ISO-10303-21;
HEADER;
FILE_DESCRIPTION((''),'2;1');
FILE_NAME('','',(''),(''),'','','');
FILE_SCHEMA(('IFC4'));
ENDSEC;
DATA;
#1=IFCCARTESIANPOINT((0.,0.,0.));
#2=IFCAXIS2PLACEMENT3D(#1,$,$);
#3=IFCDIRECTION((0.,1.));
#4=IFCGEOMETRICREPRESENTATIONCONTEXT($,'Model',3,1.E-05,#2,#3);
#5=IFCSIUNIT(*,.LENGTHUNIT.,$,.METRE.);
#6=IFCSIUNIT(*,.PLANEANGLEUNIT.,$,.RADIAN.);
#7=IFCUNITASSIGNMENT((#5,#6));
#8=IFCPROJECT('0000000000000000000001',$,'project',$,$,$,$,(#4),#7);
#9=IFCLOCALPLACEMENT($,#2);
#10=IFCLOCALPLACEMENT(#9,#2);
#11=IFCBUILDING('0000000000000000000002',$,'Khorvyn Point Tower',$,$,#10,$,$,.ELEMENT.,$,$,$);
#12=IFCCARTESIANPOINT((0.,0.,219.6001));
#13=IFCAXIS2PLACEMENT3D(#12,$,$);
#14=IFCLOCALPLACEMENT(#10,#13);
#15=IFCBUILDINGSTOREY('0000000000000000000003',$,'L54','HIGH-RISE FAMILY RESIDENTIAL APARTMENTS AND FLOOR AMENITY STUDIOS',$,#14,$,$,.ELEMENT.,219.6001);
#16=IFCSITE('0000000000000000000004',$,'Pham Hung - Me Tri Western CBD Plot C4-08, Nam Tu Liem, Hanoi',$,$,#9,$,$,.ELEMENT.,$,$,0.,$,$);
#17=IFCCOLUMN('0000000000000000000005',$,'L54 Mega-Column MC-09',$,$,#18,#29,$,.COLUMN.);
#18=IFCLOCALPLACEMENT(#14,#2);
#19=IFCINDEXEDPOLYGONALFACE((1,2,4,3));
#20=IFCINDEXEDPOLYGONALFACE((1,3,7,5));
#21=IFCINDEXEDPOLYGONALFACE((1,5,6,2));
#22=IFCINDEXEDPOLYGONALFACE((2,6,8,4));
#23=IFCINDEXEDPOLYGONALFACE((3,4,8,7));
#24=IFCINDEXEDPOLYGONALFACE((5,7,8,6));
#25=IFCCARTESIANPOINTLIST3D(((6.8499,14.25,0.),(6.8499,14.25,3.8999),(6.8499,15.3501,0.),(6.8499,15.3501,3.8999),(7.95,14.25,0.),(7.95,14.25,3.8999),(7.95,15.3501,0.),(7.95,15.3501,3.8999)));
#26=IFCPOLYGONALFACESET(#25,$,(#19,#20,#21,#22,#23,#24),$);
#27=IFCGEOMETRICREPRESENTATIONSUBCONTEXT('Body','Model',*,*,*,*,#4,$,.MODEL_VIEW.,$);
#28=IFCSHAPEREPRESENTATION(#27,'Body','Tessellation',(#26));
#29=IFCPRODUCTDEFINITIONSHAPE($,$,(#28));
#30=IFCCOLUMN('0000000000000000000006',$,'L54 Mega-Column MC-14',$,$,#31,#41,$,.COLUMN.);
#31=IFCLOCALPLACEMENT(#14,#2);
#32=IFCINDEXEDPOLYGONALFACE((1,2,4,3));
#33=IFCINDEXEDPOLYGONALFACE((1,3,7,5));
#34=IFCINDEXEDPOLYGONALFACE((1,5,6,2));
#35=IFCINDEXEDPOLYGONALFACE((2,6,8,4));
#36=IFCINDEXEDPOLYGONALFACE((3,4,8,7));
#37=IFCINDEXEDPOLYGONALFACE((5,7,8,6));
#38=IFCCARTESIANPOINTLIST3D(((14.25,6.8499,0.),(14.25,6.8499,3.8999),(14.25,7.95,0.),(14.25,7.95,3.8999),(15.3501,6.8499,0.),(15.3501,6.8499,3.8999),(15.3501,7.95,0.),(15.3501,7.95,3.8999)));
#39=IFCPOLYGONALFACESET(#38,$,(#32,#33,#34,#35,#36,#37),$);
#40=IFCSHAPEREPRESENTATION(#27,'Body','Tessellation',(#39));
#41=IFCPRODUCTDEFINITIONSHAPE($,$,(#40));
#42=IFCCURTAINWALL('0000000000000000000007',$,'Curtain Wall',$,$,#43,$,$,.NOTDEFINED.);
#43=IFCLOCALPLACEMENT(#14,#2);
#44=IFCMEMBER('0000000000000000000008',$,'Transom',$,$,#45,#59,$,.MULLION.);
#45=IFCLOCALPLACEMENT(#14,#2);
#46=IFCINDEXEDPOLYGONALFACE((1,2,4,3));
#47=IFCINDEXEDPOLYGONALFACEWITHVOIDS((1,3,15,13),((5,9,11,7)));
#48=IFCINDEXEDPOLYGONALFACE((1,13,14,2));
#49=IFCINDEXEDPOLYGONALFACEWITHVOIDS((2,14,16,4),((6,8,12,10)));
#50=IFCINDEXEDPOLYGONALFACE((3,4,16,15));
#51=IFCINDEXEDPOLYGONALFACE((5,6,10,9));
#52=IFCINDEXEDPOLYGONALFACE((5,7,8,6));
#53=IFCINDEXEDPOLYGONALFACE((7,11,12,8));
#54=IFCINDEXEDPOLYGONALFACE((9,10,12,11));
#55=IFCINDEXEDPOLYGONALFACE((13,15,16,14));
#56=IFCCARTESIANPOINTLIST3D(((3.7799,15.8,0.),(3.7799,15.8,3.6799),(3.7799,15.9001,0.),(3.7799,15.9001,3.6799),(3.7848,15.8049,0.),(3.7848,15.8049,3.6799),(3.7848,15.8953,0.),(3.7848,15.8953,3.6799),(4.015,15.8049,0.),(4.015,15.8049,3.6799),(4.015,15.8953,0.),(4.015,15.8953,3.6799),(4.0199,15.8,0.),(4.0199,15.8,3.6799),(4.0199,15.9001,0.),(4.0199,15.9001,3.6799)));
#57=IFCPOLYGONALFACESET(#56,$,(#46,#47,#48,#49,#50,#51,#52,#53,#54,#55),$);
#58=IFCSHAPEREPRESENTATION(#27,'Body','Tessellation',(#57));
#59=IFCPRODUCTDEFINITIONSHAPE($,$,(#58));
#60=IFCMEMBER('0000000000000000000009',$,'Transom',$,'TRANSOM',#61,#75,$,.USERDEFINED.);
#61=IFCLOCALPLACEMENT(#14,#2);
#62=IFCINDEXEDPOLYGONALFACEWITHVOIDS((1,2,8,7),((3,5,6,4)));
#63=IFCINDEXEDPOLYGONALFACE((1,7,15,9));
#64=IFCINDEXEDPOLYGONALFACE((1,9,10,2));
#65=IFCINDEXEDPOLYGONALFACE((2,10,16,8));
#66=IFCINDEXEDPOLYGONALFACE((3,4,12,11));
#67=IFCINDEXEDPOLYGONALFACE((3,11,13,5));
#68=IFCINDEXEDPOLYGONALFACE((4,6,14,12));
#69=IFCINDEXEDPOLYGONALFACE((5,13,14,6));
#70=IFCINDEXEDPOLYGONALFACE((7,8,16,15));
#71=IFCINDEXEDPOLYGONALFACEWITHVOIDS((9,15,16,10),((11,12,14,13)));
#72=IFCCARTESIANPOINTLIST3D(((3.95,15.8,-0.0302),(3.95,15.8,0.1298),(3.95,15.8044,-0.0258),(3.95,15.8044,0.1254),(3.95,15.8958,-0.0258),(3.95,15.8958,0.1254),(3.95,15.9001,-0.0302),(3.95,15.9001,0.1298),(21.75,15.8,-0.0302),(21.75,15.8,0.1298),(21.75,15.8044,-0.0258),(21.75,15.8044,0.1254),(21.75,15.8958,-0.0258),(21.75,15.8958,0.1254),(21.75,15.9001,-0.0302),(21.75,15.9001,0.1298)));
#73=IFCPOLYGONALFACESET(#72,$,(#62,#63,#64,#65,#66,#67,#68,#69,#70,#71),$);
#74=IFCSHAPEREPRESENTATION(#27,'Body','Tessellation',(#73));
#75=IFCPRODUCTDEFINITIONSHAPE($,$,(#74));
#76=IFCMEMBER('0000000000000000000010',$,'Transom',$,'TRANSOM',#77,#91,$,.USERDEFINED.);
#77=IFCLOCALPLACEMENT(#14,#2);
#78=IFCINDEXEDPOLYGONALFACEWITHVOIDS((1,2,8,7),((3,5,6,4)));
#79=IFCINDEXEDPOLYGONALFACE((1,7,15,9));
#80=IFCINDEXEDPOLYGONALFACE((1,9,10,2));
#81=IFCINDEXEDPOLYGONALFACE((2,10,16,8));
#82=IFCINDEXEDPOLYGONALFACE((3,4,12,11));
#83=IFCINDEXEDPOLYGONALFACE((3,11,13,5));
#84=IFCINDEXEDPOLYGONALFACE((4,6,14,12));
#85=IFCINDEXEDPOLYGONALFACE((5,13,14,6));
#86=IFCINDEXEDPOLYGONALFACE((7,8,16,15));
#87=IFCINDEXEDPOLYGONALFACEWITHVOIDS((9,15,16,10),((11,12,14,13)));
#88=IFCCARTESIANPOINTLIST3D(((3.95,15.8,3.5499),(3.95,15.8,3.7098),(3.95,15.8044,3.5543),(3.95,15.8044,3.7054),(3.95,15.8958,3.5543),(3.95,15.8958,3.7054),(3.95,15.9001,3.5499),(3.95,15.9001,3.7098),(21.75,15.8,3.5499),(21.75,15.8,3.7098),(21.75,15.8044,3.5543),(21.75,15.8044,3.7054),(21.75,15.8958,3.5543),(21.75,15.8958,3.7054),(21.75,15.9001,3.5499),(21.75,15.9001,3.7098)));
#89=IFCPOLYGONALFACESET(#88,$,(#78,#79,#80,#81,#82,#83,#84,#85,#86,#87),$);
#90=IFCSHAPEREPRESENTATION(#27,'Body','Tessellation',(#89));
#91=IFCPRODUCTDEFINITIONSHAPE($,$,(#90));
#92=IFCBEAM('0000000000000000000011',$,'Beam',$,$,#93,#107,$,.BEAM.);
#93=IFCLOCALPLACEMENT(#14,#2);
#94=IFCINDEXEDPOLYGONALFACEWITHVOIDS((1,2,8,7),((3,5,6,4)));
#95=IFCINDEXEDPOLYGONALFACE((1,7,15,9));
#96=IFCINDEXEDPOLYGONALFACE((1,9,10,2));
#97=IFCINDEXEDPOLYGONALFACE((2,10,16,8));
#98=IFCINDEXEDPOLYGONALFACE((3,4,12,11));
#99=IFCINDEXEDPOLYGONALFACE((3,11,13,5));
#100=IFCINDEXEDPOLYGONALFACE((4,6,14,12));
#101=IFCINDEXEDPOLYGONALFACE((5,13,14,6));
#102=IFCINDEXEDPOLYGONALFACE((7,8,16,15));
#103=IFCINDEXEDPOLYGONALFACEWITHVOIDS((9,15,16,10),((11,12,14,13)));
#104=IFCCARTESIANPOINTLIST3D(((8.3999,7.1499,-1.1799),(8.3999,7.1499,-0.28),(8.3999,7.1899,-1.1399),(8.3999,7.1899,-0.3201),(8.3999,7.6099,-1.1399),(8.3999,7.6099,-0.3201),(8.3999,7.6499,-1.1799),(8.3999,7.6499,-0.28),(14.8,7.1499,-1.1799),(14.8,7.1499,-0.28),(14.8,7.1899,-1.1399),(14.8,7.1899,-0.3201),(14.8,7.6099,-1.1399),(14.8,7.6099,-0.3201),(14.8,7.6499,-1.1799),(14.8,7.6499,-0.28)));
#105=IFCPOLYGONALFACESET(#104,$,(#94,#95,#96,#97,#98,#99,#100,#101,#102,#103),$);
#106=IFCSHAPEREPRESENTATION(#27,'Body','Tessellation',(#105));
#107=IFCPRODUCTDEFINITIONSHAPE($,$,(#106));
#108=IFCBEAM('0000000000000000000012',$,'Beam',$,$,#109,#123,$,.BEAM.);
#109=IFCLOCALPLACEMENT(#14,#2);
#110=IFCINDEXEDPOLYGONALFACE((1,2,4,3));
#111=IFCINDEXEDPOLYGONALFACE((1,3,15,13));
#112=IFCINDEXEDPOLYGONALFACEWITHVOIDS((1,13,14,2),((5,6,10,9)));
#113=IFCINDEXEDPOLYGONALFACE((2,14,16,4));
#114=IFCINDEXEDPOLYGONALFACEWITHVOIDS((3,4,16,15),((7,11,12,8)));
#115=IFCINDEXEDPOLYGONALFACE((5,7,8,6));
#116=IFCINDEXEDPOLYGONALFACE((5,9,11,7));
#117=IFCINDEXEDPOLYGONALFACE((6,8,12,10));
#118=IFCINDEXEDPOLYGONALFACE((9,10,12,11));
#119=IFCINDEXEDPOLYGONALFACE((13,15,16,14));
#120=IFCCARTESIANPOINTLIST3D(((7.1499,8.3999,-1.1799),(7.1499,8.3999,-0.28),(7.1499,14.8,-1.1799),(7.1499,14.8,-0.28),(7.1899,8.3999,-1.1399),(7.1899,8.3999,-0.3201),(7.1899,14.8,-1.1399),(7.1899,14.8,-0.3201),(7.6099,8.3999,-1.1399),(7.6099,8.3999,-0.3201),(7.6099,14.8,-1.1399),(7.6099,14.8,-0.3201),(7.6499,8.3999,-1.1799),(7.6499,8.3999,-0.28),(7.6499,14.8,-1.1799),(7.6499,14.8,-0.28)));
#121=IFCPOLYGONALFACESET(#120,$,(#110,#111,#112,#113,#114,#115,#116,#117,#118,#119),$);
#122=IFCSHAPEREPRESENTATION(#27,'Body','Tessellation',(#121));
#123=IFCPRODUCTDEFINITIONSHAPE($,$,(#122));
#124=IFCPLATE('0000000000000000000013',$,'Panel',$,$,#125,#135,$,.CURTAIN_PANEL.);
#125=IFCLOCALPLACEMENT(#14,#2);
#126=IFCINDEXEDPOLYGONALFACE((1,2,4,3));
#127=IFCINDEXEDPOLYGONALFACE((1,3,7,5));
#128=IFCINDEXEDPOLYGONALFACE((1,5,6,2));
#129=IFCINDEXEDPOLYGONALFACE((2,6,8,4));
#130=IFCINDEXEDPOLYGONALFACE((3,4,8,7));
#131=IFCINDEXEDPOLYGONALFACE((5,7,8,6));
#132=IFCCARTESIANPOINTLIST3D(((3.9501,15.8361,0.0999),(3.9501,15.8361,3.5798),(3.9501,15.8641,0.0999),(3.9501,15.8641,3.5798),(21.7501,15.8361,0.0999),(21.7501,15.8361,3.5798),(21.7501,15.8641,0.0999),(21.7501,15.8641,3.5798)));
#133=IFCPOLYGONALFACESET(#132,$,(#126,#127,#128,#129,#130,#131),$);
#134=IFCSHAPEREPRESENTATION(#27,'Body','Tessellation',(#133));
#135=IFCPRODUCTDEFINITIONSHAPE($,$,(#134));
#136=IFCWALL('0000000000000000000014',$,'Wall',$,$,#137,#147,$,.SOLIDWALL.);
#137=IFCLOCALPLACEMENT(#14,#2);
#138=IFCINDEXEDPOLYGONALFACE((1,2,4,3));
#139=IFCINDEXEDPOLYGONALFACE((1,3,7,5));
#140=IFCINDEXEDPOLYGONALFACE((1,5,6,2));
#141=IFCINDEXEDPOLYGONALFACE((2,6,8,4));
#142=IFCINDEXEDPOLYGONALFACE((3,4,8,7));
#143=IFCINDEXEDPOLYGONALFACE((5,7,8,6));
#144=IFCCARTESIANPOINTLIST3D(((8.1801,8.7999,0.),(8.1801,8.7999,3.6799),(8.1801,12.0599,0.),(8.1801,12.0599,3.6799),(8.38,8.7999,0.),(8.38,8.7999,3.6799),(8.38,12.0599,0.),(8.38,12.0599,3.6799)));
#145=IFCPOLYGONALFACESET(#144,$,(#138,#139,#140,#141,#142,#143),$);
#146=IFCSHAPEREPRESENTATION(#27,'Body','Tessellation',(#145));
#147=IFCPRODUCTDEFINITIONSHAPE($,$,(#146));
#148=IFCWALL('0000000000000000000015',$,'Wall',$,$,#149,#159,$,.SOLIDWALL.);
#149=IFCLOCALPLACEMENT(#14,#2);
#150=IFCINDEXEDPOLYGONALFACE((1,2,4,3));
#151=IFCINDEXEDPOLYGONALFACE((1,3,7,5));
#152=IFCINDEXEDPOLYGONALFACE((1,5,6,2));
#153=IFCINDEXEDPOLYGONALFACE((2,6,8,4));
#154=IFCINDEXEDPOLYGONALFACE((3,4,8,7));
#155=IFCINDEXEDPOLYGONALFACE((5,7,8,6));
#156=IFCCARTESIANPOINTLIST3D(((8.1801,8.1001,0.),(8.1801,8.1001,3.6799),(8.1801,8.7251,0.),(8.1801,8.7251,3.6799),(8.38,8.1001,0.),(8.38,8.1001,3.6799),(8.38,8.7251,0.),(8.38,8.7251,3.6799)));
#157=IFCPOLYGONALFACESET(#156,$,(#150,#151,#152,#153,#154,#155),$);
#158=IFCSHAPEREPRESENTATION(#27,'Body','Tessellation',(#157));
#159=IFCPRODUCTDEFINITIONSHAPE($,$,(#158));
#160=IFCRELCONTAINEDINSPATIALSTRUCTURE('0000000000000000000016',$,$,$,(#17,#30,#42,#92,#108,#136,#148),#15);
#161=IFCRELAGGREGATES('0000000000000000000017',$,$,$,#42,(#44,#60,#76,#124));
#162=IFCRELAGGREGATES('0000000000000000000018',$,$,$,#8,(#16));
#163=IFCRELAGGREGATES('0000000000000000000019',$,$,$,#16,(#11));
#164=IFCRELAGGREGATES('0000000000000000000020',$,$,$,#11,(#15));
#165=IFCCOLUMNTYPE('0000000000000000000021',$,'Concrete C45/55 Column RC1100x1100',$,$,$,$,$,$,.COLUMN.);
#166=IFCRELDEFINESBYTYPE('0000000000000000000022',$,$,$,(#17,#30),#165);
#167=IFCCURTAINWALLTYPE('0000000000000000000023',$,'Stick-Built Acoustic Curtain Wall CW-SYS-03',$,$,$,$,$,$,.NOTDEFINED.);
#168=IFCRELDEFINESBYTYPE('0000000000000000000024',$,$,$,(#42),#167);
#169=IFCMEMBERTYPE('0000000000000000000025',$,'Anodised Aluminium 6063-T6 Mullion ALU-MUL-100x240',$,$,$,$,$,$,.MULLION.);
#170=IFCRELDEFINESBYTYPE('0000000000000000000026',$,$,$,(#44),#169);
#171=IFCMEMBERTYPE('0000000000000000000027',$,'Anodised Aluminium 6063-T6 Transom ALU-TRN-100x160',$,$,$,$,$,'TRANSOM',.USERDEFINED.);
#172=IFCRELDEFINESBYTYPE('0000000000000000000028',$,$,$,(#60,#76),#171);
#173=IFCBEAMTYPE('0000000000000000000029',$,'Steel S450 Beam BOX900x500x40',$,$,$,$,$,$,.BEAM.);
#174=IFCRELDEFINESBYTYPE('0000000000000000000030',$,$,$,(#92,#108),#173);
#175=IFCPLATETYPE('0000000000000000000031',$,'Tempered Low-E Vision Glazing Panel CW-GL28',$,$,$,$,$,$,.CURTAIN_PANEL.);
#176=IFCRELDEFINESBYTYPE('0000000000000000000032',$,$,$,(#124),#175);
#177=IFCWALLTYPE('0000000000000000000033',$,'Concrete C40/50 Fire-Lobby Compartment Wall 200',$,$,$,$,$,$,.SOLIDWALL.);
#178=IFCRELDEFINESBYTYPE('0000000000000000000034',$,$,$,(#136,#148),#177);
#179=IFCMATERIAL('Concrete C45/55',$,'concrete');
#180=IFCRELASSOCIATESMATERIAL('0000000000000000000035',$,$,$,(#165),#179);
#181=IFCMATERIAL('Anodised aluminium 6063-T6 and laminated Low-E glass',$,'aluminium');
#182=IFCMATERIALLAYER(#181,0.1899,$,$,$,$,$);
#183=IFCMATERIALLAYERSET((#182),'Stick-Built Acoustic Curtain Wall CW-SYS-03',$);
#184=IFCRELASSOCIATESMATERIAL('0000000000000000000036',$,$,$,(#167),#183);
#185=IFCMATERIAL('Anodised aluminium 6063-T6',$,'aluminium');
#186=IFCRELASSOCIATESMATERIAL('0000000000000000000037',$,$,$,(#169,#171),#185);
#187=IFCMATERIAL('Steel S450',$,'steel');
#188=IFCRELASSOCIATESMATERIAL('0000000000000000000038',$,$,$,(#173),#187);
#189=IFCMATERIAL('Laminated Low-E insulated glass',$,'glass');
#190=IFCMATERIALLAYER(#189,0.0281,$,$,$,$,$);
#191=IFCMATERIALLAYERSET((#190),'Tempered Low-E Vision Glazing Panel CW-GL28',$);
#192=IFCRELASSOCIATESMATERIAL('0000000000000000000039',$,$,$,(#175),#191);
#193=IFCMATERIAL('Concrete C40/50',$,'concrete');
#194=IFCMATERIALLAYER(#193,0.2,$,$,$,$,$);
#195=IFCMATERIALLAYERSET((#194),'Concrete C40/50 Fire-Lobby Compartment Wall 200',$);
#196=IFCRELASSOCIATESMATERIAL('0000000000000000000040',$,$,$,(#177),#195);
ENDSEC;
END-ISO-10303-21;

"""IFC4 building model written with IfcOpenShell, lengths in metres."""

from ifc_helpers import new_model, si_unit, direction, frame, frame_2d, origin, origin_2d, place, context, subcontext, project, spatial, rectangle, hollow_rectangle, extrude, material, layer, layer_set, material_profile, profile_set, type_object, element, aggregate, save


model = new_model("IFC4")

# Units and contexts
model_context = context("Model", 3, precision=1e-05, world=origin(), true_north=direction((0.0, 1.0)))
body_context = subcontext(model_context, "Body", "Model", "MODEL_VIEW")
ifc_project = project(units=[si_unit("LENGTHUNIT", "METRE"), si_unit("PLANEANGLEUNIT", "RADIAN")], contexts=[model_context])

# Site, building, storey
site_placement = place(None, origin())
site = spatial("IfcSite", under=ifc_project, at=site_placement, Name="Pham Hung - Me Tri Western CBD Plot C4-08, Nam Tu Liem, Hanoi", CompositionType="ELEMENT", RefElevation=0.0)
building_placement = place(site_placement, origin())
building = spatial("IfcBuilding", under=site, at=building_placement, Name="Khorvyn Point Tower", CompositionType="ELEMENT")
storey_placement = place(building_placement, frame((0.0, 0.0, 219.6001)))
storey = spatial("IfcBuildingStorey", under=building, at=storey_placement, Name="L54", Description="HIGH-RISE FAMILY RESIDENTIAL APARTMENTS AND FLOOR AMENITY STUDIOS", CompositionType="ELEMENT", Elevation=219.6001)

# Columns
ifc_material_1 = material(Name="Concrete C45/55", Category="concrete")
ifc_material_profile_1 = material_profile(ifc_material_1, rectangle(XDim=1.1001, YDim=1.1001, at=origin_2d()))
ifc_profile_set_1 = profile_set([ifc_material_profile_1], Name="Concrete C45/55 RC1100x1100")
column_type = type_object("IfcColumnType", Name="Concrete C45/55 Column RC1100x1100", PredefinedType="COLUMN", material=ifc_profile_set_1)
for number, where, z_axis, x_axis, name in (
    (1, (7.3999, 14.8, 0.0), (0.0, 0.0, 1.0), (1.0, 0.0, 0.0), "L54 Mega-Column MC-09"),
    (2, (14.8, 7.3999, 0.0), (0.0, 0.0, 1.0), (1.0, 0.0, 0.0), "L54 Mega-Column MC-14"),
):
    element("IfcColumn", number, at=place(storey_placement, frame(where, z_axis=z_axis, x_axis=x_axis)), inside=storey, type_object=column_type, Name=name, PredefinedType="COLUMN", context=body_context, shape_type="SweptSolid", body=[
        extrude(rectangle(XDim=1.1001, YDim=1.1001, at=origin_2d()), origin(), (0.0, 0.0, 1.0), 3.8999),
    ])

# Curtain wall, members
ifc_material_2 = material(Name="Anodised aluminium 6063-T6 and laminated Low-E glass", Category="aluminium")
ifc_layer_1 = layer(ifc_material_2, 0.1899)
ifc_layer_set_1 = layer_set([ifc_layer_1], Name="Stick-Built Acoustic Curtain Wall CW-SYS-03")
curtain_wall_type = type_object("IfcCurtainWallType", Name="Stick-Built Acoustic Curtain Wall CW-SYS-03", PredefinedType="NOTDEFINED", material=ifc_layer_set_1)
curtain_wall_placement = place(storey_placement, origin())
curtain_wall = element("IfcCurtainWall", 3, at=curtain_wall_placement, inside=storey, type_object=curtain_wall_type, Name="Curtain Wall", PredefinedType="NOTDEFINED")
ifc_material_3 = material(Name="Anodised aluminium 6063-T6", Category="aluminium")
ifc_material_profile_2 = material_profile(ifc_material_3, hollow_rectangle(XDim=0.1001, YDim=0.24, WallThickness=0.0049, at=origin_2d()))
ifc_profile_set_2 = profile_set([ifc_material_profile_2], Name="Anodised aluminium 6063-T6 ALU-MUL-100x240")
member_type_1 = type_object("IfcMemberType", Name="Anodised Aluminium 6063-T6 Mullion ALU-MUL-100x240", PredefinedType="MULLION", material=ifc_profile_set_2)
member_1_placement = place(storey_placement, frame((3.8999, 15.8501, 0.0), z_axis=(0.0, 0.0, 1.0), x_axis=(0.0, 1.0, 0.0)))
member_1 = element("IfcMember", 4, at=member_1_placement, type_object=member_type_1, Name="Transom", PredefinedType="MULLION", context=body_context, shape_type="SweptSolid", body=[
    extrude(hollow_rectangle(XDim=0.1001, YDim=0.24, WallThickness=0.0049, at=origin_2d()), origin(), (0.0, 0.0, 1.0), 3.6799),
])
ifc_material_profile_3 = material_profile(ifc_material_3, hollow_rectangle(XDim=0.1001, YDim=0.1599, WallThickness=0.0044, at=origin_2d()))
ifc_profile_set_3 = profile_set([ifc_material_profile_3], Name="Anodised aluminium 6063-T6 ALU-TRN-100x160")
member_type_2 = type_object("IfcMemberType", Name="Anodised Aluminium 6063-T6 Transom ALU-TRN-100x160", ElementType="TRANSOM", PredefinedType="USERDEFINED", material=ifc_profile_set_3)
member_2_placement = place(storey_placement, frame((3.95, 15.8501, 0.0498), z_axis=(1.0, 0.0, 0.0), x_axis=(0.0, 1.0, 0.0)))
member_2 = element("IfcMember", 5, at=member_2_placement, type_object=member_type_2, Name="Transom", ObjectType="TRANSOM", PredefinedType="USERDEFINED", context=body_context, shape_type="SweptSolid", body=[
    extrude(hollow_rectangle(XDim=0.1001, YDim=0.1599, WallThickness=0.0044, at=origin_2d()), origin(), (0.0, 0.0, 1.0), 17.8),
])
member_3_placement = place(storey_placement, frame((3.95, 15.8501, 3.6299), z_axis=(1.0, 0.0, 0.0), x_axis=(0.0, 1.0, 0.0)))
member_3 = element("IfcMember", 6, at=member_3_placement, type_object=member_type_2, Name="Transom", ObjectType="TRANSOM", PredefinedType="USERDEFINED", context=body_context, shape_type="SweptSolid", body=[
    extrude(hollow_rectangle(XDim=0.1001, YDim=0.1599, WallThickness=0.0044, at=origin_2d()), origin(), (0.0, 0.0, 1.0), 17.8),
])

# Beams
ifc_material_4 = material(Name="Steel S450", Category="steel")
ifc_material_profile_4 = material_profile(ifc_material_4, hollow_rectangle(XDim=0.5, YDim=0.8999, WallThickness=0.04, at=origin_2d()))
ifc_profile_set_4 = profile_set([ifc_material_profile_4], Name="Steel S450 BOX900x500x40")
beam_type = type_object("IfcBeamType", Name="Steel S450 Beam BOX900x500x40", PredefinedType="BEAM", material=ifc_profile_set_4)
for number, where, z_axis, x_axis, name in (
    (7, (8.3999, 7.3999, -0.73), (1.0, 0.0, 0.0), (0.0, 1.0, 0.0), "Beam"),
    (8, (7.3999, 8.3999, -0.73), (0.0, 1.0, 0.0), (-1.0, 0.0, 0.0), "Beam"),
):
    element("IfcBeam", number, at=place(storey_placement, frame(where, z_axis=z_axis, x_axis=x_axis)), inside=storey, type_object=beam_type, Name=name, PredefinedType="BEAM", context=body_context, shape_type="SweptSolid", body=[
        extrude(hollow_rectangle(XDim=0.5, YDim=0.8999, WallThickness=0.04, at=origin_2d()), origin(), (0.0, 0.0, 1.0), 6.4001),
    ])

# Plate
ifc_material_5 = material(Name="Laminated Low-E insulated glass", Category="glass")
ifc_layer_2 = layer(ifc_material_5, 0.0281)
ifc_layer_set_2 = layer_set([ifc_layer_2], Name="Tempered Low-E Vision Glazing Panel CW-GL28")
plate_type = type_object("IfcPlateType", Name="Tempered Low-E Vision Glazing Panel CW-GL28", PredefinedType="CURTAIN_PANEL", material=ifc_layer_set_2)
plate_placement = place(storey_placement, frame((12.8501, 15.8501, 0.0999), z_axis=(0.0, 0.0, 1.0), x_axis=(1.0, 0.0, 0.0)))
plate = element("IfcPlate", 9, at=plate_placement, type_object=plate_type, Name="Panel", PredefinedType="CURTAIN_PANEL", context=body_context, shape_type="SweptSolid", body=[
    extrude(rectangle(XDim=17.8, YDim=0.0281, at=origin_2d()), origin(), (0.0, 0.0, 1.0), 3.48),
])
aggregate(curtain_wall, [member_1, member_2, member_3, plate])

# Shared definitions
ifc_material_6 = material(Name="Concrete C40/50", Category="concrete")
ifc_layer_3 = layer(ifc_material_6, 0.2)
ifc_layer_set_3 = layer_set([ifc_layer_3], Name="Concrete C40/50 Fire-Lobby Compartment Wall 200")
wall_type_1 = type_object("IfcWallType", Name="Concrete C40/50 Fire-Lobby Compartment Wall 200", PredefinedType="SOLIDWALL", material=ifc_layer_set_3)

# Walls
wall_1_placement = place(storey_placement, frame((8.28, 8.8, 0.0), z_axis=(0.0, 0.0, 1.0), x_axis=(0.0, 1.0, 0.0)))
element("IfcWall", 10, at=wall_1_placement, inside=storey, type_object=wall_type_1, Name="Wall", PredefinedType="SOLIDWALL", context=body_context, shape_type="SweptSolid", body=[
    extrude(rectangle(XDim=3.26, YDim=0.2, at=frame_2d((1.6299, 0.0))), origin(), (0.0, 0.0, 1.0), 3.6799),
])
wall_2_placement = place(storey_placement, frame((8.28, 8.1001, 0.0), z_axis=(0.0, 0.0, 1.0), x_axis=(0.0, 1.0, 0.0)))
element("IfcWall", 11, at=wall_2_placement, inside=storey, type_object=wall_type_1, Name="Wall", PredefinedType="SOLIDWALL", context=body_context, shape_type="SweptSolid", body=[
    extrude(rectangle(XDim=0.625, YDim=0.2, at=frame_2d((0.3125, 0.0))), origin(), (0.0, 0.0, 1.0), 3.6799),
])

save(model, "model.ifc")
